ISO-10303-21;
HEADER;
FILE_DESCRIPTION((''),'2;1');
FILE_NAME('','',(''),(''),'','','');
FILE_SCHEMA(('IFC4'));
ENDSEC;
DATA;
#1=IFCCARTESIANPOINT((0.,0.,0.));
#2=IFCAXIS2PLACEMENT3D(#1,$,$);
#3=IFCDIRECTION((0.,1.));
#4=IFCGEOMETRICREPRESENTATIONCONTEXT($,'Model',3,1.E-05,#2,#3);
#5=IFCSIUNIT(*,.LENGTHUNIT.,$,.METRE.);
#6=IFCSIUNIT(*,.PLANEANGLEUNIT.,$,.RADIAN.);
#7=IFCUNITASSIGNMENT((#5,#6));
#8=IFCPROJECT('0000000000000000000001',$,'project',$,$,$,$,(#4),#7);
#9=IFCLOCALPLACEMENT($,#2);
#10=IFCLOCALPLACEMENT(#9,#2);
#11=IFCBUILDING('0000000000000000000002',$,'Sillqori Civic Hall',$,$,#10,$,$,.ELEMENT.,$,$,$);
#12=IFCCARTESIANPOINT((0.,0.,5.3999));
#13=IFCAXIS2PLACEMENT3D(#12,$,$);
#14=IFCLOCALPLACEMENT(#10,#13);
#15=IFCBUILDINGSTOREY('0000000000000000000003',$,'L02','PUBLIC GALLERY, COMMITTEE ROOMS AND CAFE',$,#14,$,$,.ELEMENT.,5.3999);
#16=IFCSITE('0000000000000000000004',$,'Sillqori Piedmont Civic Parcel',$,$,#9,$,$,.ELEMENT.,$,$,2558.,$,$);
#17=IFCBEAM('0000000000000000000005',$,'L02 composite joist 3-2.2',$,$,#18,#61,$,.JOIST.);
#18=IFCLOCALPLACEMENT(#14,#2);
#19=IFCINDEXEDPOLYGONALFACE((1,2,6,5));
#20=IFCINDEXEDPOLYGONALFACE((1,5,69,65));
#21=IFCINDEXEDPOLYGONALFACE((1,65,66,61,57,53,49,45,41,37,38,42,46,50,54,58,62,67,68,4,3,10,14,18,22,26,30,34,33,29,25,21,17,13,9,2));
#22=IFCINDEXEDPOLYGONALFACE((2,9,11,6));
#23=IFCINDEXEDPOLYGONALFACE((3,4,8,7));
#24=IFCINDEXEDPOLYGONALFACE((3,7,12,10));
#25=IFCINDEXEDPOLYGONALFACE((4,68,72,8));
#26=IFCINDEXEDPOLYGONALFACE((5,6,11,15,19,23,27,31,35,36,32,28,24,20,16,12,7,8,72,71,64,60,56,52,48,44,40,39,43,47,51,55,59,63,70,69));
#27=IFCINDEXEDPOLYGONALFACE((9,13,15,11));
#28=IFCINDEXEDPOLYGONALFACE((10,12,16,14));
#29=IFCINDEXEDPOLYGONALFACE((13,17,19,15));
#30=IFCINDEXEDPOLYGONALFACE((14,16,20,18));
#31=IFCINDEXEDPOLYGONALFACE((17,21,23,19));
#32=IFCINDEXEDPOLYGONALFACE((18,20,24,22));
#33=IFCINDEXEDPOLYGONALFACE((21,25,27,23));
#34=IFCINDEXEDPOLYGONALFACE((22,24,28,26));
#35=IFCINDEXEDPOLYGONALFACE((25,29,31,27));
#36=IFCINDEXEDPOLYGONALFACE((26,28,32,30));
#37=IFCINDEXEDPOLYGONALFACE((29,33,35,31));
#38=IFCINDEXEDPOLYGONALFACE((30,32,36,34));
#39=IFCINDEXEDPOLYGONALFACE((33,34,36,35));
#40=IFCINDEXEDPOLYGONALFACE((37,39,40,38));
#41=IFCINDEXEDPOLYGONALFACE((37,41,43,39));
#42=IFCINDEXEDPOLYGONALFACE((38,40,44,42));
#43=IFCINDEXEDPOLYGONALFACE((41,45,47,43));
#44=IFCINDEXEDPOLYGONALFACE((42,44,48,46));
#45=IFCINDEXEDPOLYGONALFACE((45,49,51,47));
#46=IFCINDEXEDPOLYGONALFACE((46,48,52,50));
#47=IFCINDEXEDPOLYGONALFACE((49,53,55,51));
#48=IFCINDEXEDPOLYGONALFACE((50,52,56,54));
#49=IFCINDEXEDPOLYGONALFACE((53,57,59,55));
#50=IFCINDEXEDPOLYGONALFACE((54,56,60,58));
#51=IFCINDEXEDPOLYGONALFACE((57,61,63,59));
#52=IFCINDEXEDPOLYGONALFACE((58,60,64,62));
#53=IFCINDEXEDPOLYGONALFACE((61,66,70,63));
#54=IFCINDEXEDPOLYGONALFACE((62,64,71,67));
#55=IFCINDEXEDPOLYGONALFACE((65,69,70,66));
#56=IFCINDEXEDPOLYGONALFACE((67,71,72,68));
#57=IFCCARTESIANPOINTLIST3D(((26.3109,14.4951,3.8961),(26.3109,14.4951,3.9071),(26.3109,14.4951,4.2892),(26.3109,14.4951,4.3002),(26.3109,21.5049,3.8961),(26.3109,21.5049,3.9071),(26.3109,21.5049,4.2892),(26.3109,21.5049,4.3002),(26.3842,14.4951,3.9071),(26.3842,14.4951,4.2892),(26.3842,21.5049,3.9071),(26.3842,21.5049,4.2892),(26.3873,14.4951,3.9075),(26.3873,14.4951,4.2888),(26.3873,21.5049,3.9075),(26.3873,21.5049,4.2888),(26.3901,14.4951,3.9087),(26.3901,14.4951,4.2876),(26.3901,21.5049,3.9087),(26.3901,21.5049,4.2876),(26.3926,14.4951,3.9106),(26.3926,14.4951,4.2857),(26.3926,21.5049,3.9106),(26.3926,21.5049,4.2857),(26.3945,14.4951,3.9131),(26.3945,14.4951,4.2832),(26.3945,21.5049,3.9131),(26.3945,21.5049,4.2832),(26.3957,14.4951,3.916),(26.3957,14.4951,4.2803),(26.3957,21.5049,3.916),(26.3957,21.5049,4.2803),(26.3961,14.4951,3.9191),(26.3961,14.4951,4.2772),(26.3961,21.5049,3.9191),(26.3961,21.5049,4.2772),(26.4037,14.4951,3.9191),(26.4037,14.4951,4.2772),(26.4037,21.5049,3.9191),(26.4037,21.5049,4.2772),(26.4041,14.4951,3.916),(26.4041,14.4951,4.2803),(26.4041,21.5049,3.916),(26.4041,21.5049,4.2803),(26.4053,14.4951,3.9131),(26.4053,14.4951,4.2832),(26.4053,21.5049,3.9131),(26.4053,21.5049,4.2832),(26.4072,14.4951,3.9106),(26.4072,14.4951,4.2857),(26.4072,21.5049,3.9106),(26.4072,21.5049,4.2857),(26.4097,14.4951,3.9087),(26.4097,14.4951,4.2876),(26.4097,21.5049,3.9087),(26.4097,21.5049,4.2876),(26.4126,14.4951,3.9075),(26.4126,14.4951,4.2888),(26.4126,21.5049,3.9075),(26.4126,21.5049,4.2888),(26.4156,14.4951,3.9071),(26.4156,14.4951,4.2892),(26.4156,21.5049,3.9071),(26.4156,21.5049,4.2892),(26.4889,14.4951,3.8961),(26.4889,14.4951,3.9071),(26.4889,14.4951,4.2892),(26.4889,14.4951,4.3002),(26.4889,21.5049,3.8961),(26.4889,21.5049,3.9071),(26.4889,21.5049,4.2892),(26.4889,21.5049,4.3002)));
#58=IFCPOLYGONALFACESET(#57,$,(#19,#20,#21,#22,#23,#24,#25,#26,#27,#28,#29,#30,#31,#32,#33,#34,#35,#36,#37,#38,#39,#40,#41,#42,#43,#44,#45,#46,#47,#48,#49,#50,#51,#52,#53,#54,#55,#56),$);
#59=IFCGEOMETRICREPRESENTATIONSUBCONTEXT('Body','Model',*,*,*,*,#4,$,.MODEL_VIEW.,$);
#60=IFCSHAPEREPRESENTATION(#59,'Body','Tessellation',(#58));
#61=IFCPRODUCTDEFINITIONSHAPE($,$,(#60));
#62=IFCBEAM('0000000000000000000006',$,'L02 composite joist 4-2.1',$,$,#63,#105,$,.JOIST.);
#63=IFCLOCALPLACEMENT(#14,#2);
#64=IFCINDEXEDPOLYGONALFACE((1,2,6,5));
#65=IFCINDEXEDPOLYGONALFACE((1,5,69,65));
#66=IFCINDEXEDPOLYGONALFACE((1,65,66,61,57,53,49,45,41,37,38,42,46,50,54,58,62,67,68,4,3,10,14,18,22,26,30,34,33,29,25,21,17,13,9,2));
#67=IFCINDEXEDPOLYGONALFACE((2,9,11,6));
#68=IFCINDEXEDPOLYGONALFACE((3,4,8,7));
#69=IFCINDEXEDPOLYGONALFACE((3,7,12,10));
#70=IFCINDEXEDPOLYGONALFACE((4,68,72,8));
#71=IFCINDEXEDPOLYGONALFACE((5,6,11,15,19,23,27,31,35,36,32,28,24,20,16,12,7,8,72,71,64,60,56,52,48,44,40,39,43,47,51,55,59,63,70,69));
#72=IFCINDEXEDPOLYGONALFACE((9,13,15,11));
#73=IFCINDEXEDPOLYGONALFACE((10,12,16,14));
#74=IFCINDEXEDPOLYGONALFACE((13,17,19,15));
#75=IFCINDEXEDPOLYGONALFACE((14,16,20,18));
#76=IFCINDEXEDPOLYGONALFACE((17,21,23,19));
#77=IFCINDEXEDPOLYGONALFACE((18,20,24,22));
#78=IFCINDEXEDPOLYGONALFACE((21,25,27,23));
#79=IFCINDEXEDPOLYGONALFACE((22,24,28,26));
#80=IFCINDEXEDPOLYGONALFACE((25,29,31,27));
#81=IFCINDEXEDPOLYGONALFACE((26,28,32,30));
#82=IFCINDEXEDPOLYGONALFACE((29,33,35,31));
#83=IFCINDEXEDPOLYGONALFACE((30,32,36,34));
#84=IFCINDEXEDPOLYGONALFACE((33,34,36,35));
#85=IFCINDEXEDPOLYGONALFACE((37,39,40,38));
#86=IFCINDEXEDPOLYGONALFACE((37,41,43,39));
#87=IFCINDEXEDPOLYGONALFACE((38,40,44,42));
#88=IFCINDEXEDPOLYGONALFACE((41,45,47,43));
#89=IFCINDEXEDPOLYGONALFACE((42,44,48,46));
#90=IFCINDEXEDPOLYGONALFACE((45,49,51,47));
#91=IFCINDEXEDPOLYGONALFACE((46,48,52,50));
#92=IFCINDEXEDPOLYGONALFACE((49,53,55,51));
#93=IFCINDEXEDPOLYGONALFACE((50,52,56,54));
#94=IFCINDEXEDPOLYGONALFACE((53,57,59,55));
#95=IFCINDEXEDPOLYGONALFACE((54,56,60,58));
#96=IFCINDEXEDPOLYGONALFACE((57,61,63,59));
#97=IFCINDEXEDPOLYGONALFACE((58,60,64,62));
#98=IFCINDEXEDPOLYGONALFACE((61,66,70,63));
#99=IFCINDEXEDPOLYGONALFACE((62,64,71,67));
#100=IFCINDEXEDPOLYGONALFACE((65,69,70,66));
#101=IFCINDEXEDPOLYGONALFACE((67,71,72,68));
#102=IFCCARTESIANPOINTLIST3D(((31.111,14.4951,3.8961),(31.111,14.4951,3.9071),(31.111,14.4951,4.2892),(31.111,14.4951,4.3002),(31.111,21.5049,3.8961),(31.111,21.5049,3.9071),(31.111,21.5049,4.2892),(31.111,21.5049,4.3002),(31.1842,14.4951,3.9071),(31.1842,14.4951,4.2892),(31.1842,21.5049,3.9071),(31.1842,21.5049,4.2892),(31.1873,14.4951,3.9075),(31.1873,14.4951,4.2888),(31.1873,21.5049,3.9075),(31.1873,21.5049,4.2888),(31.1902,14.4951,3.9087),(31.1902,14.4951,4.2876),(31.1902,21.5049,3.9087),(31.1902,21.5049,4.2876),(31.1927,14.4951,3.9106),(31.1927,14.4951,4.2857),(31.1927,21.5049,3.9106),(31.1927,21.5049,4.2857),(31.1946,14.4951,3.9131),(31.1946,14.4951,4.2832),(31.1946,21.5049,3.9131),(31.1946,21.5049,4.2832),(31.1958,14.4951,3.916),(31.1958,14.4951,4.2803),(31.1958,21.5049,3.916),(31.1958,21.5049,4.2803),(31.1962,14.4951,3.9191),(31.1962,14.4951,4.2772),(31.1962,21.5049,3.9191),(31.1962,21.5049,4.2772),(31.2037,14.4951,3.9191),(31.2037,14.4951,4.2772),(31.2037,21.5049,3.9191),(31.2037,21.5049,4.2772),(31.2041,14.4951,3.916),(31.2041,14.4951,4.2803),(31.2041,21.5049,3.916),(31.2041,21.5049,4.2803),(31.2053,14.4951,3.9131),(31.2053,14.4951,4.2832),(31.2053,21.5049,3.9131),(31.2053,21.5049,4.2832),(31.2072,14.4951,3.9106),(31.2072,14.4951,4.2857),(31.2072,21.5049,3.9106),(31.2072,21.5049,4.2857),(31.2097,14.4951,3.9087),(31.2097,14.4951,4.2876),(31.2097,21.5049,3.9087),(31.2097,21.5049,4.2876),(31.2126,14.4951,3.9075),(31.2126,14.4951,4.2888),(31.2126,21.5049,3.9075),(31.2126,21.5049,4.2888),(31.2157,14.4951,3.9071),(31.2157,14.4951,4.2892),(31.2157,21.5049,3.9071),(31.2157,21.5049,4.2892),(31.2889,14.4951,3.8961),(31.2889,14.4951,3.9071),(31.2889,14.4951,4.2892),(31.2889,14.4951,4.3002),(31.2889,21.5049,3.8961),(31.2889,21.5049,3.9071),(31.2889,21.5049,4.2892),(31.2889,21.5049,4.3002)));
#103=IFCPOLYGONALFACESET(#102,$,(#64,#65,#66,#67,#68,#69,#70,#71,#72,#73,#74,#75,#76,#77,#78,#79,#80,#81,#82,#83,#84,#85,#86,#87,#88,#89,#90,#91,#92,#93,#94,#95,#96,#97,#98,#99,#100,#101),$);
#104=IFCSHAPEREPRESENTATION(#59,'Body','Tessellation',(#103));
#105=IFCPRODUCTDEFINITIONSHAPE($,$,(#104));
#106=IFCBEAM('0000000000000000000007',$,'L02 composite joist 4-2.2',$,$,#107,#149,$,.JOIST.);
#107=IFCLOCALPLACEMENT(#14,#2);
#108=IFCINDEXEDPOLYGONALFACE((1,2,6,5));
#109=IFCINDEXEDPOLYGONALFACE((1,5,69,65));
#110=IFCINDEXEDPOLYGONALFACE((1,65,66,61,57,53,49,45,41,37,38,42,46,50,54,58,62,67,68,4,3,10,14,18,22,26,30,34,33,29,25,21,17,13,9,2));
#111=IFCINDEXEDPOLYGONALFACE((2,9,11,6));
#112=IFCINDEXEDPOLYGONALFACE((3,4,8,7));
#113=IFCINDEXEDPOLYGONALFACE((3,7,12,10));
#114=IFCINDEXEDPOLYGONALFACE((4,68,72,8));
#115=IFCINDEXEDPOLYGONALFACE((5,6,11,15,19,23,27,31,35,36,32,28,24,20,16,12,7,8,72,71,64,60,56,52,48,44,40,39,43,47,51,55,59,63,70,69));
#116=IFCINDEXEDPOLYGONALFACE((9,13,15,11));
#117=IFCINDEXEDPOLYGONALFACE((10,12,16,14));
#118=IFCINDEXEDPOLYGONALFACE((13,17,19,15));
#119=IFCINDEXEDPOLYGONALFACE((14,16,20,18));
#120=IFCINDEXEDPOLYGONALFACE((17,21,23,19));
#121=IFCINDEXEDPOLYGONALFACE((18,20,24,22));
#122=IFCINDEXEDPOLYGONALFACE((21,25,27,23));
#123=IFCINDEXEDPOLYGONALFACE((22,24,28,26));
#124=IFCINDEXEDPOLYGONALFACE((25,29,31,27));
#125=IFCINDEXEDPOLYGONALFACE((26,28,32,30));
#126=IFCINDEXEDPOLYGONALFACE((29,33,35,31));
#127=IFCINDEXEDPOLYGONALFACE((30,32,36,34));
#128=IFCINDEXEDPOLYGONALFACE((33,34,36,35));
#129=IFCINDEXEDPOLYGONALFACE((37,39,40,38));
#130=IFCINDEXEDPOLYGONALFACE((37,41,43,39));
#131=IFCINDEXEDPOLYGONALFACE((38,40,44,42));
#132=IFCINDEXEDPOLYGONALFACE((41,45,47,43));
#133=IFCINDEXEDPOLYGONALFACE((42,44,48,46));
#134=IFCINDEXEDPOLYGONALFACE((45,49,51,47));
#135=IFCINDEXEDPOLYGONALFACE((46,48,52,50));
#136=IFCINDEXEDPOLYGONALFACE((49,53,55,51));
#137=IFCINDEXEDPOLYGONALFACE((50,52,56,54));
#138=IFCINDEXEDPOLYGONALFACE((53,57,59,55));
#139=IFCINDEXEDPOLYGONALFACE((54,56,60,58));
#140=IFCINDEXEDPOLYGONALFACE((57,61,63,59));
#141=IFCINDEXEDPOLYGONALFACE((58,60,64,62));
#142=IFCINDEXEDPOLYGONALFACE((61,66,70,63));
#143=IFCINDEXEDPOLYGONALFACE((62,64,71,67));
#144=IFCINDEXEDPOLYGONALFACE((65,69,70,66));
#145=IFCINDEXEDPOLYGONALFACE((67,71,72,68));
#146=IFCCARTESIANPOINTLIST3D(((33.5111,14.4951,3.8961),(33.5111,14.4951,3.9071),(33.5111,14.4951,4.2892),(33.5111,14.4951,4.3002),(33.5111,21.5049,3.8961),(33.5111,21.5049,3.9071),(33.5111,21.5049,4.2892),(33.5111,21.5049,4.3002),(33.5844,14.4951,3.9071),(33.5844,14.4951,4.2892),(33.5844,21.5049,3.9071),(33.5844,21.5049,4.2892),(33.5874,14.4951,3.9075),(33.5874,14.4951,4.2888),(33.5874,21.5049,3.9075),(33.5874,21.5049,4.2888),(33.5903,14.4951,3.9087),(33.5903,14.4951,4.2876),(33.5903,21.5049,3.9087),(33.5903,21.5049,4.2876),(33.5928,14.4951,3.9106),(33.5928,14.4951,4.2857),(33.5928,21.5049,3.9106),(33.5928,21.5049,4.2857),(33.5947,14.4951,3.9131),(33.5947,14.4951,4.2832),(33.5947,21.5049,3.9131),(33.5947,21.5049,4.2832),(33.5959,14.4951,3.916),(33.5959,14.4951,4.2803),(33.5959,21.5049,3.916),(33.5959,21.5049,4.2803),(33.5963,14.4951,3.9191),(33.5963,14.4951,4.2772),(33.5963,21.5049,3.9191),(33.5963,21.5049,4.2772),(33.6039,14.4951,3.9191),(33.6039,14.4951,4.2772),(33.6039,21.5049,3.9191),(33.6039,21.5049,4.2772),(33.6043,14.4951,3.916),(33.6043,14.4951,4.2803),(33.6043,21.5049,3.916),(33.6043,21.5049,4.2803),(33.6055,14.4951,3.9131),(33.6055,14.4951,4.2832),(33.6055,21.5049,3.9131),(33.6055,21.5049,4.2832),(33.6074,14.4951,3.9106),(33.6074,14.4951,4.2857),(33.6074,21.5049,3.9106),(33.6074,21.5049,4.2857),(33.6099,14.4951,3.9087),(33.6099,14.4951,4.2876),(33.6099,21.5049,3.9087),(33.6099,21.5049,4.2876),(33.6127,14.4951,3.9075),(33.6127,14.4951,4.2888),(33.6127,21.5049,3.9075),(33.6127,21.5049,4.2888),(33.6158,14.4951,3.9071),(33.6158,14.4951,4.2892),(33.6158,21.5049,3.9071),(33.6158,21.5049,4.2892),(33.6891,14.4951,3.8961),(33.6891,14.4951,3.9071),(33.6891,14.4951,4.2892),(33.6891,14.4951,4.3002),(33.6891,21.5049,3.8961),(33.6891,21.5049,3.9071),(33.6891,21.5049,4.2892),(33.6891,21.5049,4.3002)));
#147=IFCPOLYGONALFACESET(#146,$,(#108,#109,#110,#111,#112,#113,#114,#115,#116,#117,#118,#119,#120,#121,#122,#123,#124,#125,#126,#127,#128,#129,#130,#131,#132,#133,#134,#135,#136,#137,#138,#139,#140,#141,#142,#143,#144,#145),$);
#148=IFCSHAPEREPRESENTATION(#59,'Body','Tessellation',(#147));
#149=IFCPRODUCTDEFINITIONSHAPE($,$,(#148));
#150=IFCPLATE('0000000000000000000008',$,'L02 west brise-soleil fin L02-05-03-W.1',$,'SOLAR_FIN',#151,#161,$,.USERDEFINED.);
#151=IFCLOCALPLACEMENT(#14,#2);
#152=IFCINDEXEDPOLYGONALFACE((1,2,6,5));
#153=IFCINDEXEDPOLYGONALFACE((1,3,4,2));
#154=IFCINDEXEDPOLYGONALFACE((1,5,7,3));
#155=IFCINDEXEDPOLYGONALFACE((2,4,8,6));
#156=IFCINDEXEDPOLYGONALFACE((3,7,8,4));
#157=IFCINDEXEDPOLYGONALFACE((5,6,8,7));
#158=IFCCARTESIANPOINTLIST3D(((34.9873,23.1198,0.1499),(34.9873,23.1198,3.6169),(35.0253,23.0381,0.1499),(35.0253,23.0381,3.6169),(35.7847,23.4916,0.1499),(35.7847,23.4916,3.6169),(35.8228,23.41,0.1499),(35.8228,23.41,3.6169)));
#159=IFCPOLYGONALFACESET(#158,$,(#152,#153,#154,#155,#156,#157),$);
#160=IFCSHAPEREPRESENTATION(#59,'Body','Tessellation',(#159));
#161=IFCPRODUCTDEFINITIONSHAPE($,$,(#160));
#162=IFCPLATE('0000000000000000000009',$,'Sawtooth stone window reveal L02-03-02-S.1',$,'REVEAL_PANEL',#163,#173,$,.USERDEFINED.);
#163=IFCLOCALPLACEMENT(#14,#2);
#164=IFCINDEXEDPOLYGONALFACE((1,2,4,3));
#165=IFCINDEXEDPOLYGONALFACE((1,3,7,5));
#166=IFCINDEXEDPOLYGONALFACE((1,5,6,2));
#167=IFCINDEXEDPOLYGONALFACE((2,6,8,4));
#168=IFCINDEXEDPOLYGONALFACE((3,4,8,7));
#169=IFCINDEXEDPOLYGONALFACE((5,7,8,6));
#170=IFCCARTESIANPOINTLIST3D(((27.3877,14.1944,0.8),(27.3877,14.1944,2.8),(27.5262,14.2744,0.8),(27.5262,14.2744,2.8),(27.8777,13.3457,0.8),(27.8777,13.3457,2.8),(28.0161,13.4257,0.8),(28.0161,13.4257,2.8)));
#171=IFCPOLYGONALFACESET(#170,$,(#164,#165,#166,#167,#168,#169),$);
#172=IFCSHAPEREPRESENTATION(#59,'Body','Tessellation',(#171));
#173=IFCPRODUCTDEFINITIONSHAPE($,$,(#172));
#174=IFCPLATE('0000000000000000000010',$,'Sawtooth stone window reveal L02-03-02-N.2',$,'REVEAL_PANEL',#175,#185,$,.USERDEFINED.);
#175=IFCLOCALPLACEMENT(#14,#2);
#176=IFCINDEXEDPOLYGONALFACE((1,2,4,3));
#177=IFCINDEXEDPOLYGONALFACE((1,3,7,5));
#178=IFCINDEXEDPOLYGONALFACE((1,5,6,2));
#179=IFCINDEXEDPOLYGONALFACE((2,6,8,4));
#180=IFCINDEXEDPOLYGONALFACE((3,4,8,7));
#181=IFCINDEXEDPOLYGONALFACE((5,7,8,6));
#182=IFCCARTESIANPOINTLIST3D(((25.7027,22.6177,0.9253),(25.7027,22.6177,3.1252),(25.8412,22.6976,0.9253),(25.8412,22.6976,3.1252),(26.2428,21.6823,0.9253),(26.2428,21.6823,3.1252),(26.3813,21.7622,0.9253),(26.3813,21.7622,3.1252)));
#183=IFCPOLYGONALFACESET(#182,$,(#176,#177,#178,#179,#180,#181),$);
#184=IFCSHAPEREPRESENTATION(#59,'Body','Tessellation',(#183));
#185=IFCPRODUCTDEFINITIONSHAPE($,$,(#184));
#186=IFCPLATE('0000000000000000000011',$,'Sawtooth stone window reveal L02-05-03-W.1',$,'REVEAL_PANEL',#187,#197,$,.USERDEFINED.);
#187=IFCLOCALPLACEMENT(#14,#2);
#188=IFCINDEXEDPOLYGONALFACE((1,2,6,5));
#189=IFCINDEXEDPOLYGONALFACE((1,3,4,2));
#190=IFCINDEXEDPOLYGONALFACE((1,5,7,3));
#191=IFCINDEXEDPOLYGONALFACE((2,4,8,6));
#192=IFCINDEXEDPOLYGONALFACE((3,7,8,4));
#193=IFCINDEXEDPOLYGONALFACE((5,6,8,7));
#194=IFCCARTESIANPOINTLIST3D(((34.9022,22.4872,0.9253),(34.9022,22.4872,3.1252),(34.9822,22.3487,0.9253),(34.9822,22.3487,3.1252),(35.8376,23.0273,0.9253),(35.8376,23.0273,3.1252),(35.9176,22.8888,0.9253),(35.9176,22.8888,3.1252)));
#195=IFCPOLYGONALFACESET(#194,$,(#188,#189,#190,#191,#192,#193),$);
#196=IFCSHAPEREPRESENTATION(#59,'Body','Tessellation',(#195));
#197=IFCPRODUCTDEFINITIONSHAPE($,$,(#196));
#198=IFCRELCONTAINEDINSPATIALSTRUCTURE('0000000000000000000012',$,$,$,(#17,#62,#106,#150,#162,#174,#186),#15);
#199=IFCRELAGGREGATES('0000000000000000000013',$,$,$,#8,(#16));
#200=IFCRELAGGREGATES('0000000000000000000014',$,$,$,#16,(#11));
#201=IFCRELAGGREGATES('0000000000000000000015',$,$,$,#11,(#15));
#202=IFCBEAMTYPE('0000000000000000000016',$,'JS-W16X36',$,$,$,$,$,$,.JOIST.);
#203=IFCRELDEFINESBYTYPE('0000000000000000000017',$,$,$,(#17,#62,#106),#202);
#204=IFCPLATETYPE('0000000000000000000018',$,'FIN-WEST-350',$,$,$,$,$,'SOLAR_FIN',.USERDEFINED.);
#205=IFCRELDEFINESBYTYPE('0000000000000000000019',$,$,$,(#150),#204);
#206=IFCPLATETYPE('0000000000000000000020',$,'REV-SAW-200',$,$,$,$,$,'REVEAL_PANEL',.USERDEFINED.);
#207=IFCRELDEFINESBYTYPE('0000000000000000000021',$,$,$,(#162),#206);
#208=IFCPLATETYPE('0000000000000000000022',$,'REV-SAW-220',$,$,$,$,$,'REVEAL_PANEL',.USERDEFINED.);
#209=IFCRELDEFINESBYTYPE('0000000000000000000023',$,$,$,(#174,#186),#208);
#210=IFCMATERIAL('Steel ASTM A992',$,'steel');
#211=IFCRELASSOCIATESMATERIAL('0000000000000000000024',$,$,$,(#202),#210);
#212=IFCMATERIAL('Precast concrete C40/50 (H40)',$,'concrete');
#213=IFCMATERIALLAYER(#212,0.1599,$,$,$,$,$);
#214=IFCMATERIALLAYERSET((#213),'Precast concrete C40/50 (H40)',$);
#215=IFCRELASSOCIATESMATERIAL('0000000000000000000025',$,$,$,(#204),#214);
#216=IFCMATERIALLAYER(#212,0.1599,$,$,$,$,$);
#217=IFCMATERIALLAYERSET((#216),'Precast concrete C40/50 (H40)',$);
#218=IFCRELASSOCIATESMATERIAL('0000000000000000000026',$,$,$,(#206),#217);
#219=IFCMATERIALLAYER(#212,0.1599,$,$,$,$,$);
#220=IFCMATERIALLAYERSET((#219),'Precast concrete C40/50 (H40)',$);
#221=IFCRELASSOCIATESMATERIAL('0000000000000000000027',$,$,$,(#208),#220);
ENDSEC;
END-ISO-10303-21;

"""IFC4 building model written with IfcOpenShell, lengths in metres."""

from ifc_helpers import new_model, si_unit, direction, frame, origin, origin_2d, place, context, subcontext, project, spatial, rectangle, i_section, extrude, material, layer, layer_set, material_profile, profile_set, type_object, element, save


model = new_model("IFC4")

# Units and contexts
model_context = context("Model", 3, precision=1e-05, world=origin(), true_north=direction((0.0, 1.0)))
body_context = subcontext(model_context, "Body", "Model", "MODEL_VIEW")
ifc_project = project(units=[si_unit("LENGTHUNIT", "METRE"), si_unit("PLANEANGLEUNIT", "RADIAN")], contexts=[model_context])

# Site, building, storey
site_placement = place(None, origin())
site = spatial("IfcSite", under=ifc_project, at=site_placement, Name="Sillqori Piedmont Civic Parcel", CompositionType="ELEMENT", RefElevation=2558.0)
building_placement = place(site_placement, origin())
building = spatial("IfcBuilding", under=site, at=building_placement, Name="Sillqori Civic Hall", CompositionType="ELEMENT")
storey_placement = place(building_placement, frame((0.0, 0.0, 5.3999)))
storey = spatial("IfcBuildingStorey", under=building, at=storey_placement, Name="L02", Description="PUBLIC GALLERY, COMMITTEE ROOMS AND CAFE", CompositionType="ELEMENT", Elevation=5.3999)

# Beams
ifc_material_1 = material(Name="Steel ASTM A992", Category="steel")
ifc_material_profile_1 = material_profile(ifc_material_1, i_section(OverallWidth=0.178, OverallDepth=0.4041, WebThickness=0.0076, FlangeThickness=0.011, FilletRadius=0.012, at=origin_2d()), Name="W16X36")
ifc_profile_set_1 = profile_set([ifc_material_profile_1], Name="Steel ASTM A992")
beam_type_1 = type_object("IfcBeamType", Name="JS-W16X36", PredefinedType="JOIST", material=ifc_profile_set_1)
for number, where, z_axis, x_axis, name in (
    (1, (26.3999, 14.4951, 4.0981), (0.0, 1.0, 0.0), (-1.0, 0.0, 0.0), "L02 composite joist 3-2.2"),
    (2, (31.2, 14.4951, 4.0981), (0.0, 1.0, 0.0), (-1.0, 0.0, 0.0), "L02 composite joist 4-2.1"),
    (3, (33.6001, 14.4951, 4.0981), (0.0, 1.0, 0.0), (-1.0, 0.0, 0.0), "L02 composite joist 4-2.2"),
):
    element("IfcBeam", number, at=place(storey_placement, frame(where, z_axis=z_axis, x_axis=x_axis)), inside=storey, type_object=beam_type_1, Name=name, PredefinedType="JOIST", context=body_context, shape_type="SweptSolid", body=[
        extrude(i_section(OverallWidth=0.178, OverallDepth=0.4041, WebThickness=0.0076, FlangeThickness=0.011, FilletRadius=0.012, at=origin_2d()), origin(), (0.0, 0.0, 1.0), 7.0098),
    ])

# Plates
ifc_material_2 = material(Name="Precast concrete C40/50 (H40)", Category="concrete")
ifc_layer_1 = layer(ifc_material_2, 0.1599)
ifc_layer_set_1 = layer_set([ifc_layer_1], Name="Precast concrete C40/50 (H40)")
plate_type_1 = type_object("IfcPlateType", Name="FIN-WEST-350", ElementType="SOLAR_FIN", PredefinedType="USERDEFINED", material=ifc_layer_set_1)
plate_1_placement = place(storey_placement, frame((35.405, 23.2649, 0.1499), z_axis=(0.0, 0.0, 1.0), x_axis=(-0.422618, 0.906308, 0.0)))
element("IfcPlate", 4, at=plate_1_placement, inside=storey, type_object=plate_type_1, Name="L02 west brise-soleil fin L02-05-03-W.1", ObjectType="SOLAR_FIN", PredefinedType="USERDEFINED", context=body_context, shape_type="SweptSolid", body=[
    extrude(rectangle(XDim=0.0901, YDim=0.8799, at=origin_2d()), origin(), (0.0, 0.0, 1.0), 3.467),
])
ifc_layer_2 = layer(ifc_material_2, 0.1599)
ifc_layer_set_2 = layer_set([ifc_layer_2], Name="Precast concrete C40/50 (H40)")
plate_type_2 = type_object("IfcPlateType", Name="REV-SAW-200", ElementType="REVEAL_PANEL", PredefinedType="USERDEFINED", material=ifc_layer_set_2)
plate_2_placement = place(storey_placement, frame((27.7019, 13.8101, 0.8), z_axis=(0.0, 0.0, 1.0), x_axis=(-0.866025, -0.5, 0.0)))
element("IfcPlate", 5, at=plate_2_placement, inside=storey, type_object=plate_type_2, Name="Sawtooth stone window reveal L02-03-02-S.1", ObjectType="REVEAL_PANEL", PredefinedType="USERDEFINED", context=body_context, shape_type="SweptSolid", body=[
    extrude(rectangle(XDim=0.1599, YDim=0.98, at=origin_2d()), origin(), (0.0, 0.0, 1.0), 2.0),
])
ifc_layer_3 = layer(ifc_material_2, 0.1599)
ifc_layer_set_3 = layer_set([ifc_layer_3], Name="Precast concrete C40/50 (H40)")
plate_type_3 = type_object("IfcPlateType", Name="REV-SAW-220", ElementType="REVEAL_PANEL", PredefinedType="USERDEFINED", material=ifc_layer_set_3)
for number, where, z_axis, x_axis, name in (
    (6, (26.042, 22.1899, 0.9253), (0.0, 0.0, 1.0), (0.866025, 0.5, 0.0), "Sawtooth stone window reveal L02-03-02-N.2"),
    (7, (35.4099, 22.688, 0.9253), (0.0, 0.0, 1.0), (-0.5, 0.866025, 0.0), "Sawtooth stone window reveal L02-05-03-W.1"),
):
    element("IfcPlate", number, at=place(storey_placement, frame(where, z_axis=z_axis, x_axis=x_axis)), inside=storey, type_object=plate_type_3, Name=name, ObjectType="REVEAL_PANEL", PredefinedType="USERDEFINED", context=body_context, shape_type="SweptSolid", body=[
        extrude(rectangle(XDim=0.1599, YDim=1.0801, at=origin_2d()), origin(), (0.0, 0.0, 1.0), 2.2),
    ])

save(model, "model.ifc")
